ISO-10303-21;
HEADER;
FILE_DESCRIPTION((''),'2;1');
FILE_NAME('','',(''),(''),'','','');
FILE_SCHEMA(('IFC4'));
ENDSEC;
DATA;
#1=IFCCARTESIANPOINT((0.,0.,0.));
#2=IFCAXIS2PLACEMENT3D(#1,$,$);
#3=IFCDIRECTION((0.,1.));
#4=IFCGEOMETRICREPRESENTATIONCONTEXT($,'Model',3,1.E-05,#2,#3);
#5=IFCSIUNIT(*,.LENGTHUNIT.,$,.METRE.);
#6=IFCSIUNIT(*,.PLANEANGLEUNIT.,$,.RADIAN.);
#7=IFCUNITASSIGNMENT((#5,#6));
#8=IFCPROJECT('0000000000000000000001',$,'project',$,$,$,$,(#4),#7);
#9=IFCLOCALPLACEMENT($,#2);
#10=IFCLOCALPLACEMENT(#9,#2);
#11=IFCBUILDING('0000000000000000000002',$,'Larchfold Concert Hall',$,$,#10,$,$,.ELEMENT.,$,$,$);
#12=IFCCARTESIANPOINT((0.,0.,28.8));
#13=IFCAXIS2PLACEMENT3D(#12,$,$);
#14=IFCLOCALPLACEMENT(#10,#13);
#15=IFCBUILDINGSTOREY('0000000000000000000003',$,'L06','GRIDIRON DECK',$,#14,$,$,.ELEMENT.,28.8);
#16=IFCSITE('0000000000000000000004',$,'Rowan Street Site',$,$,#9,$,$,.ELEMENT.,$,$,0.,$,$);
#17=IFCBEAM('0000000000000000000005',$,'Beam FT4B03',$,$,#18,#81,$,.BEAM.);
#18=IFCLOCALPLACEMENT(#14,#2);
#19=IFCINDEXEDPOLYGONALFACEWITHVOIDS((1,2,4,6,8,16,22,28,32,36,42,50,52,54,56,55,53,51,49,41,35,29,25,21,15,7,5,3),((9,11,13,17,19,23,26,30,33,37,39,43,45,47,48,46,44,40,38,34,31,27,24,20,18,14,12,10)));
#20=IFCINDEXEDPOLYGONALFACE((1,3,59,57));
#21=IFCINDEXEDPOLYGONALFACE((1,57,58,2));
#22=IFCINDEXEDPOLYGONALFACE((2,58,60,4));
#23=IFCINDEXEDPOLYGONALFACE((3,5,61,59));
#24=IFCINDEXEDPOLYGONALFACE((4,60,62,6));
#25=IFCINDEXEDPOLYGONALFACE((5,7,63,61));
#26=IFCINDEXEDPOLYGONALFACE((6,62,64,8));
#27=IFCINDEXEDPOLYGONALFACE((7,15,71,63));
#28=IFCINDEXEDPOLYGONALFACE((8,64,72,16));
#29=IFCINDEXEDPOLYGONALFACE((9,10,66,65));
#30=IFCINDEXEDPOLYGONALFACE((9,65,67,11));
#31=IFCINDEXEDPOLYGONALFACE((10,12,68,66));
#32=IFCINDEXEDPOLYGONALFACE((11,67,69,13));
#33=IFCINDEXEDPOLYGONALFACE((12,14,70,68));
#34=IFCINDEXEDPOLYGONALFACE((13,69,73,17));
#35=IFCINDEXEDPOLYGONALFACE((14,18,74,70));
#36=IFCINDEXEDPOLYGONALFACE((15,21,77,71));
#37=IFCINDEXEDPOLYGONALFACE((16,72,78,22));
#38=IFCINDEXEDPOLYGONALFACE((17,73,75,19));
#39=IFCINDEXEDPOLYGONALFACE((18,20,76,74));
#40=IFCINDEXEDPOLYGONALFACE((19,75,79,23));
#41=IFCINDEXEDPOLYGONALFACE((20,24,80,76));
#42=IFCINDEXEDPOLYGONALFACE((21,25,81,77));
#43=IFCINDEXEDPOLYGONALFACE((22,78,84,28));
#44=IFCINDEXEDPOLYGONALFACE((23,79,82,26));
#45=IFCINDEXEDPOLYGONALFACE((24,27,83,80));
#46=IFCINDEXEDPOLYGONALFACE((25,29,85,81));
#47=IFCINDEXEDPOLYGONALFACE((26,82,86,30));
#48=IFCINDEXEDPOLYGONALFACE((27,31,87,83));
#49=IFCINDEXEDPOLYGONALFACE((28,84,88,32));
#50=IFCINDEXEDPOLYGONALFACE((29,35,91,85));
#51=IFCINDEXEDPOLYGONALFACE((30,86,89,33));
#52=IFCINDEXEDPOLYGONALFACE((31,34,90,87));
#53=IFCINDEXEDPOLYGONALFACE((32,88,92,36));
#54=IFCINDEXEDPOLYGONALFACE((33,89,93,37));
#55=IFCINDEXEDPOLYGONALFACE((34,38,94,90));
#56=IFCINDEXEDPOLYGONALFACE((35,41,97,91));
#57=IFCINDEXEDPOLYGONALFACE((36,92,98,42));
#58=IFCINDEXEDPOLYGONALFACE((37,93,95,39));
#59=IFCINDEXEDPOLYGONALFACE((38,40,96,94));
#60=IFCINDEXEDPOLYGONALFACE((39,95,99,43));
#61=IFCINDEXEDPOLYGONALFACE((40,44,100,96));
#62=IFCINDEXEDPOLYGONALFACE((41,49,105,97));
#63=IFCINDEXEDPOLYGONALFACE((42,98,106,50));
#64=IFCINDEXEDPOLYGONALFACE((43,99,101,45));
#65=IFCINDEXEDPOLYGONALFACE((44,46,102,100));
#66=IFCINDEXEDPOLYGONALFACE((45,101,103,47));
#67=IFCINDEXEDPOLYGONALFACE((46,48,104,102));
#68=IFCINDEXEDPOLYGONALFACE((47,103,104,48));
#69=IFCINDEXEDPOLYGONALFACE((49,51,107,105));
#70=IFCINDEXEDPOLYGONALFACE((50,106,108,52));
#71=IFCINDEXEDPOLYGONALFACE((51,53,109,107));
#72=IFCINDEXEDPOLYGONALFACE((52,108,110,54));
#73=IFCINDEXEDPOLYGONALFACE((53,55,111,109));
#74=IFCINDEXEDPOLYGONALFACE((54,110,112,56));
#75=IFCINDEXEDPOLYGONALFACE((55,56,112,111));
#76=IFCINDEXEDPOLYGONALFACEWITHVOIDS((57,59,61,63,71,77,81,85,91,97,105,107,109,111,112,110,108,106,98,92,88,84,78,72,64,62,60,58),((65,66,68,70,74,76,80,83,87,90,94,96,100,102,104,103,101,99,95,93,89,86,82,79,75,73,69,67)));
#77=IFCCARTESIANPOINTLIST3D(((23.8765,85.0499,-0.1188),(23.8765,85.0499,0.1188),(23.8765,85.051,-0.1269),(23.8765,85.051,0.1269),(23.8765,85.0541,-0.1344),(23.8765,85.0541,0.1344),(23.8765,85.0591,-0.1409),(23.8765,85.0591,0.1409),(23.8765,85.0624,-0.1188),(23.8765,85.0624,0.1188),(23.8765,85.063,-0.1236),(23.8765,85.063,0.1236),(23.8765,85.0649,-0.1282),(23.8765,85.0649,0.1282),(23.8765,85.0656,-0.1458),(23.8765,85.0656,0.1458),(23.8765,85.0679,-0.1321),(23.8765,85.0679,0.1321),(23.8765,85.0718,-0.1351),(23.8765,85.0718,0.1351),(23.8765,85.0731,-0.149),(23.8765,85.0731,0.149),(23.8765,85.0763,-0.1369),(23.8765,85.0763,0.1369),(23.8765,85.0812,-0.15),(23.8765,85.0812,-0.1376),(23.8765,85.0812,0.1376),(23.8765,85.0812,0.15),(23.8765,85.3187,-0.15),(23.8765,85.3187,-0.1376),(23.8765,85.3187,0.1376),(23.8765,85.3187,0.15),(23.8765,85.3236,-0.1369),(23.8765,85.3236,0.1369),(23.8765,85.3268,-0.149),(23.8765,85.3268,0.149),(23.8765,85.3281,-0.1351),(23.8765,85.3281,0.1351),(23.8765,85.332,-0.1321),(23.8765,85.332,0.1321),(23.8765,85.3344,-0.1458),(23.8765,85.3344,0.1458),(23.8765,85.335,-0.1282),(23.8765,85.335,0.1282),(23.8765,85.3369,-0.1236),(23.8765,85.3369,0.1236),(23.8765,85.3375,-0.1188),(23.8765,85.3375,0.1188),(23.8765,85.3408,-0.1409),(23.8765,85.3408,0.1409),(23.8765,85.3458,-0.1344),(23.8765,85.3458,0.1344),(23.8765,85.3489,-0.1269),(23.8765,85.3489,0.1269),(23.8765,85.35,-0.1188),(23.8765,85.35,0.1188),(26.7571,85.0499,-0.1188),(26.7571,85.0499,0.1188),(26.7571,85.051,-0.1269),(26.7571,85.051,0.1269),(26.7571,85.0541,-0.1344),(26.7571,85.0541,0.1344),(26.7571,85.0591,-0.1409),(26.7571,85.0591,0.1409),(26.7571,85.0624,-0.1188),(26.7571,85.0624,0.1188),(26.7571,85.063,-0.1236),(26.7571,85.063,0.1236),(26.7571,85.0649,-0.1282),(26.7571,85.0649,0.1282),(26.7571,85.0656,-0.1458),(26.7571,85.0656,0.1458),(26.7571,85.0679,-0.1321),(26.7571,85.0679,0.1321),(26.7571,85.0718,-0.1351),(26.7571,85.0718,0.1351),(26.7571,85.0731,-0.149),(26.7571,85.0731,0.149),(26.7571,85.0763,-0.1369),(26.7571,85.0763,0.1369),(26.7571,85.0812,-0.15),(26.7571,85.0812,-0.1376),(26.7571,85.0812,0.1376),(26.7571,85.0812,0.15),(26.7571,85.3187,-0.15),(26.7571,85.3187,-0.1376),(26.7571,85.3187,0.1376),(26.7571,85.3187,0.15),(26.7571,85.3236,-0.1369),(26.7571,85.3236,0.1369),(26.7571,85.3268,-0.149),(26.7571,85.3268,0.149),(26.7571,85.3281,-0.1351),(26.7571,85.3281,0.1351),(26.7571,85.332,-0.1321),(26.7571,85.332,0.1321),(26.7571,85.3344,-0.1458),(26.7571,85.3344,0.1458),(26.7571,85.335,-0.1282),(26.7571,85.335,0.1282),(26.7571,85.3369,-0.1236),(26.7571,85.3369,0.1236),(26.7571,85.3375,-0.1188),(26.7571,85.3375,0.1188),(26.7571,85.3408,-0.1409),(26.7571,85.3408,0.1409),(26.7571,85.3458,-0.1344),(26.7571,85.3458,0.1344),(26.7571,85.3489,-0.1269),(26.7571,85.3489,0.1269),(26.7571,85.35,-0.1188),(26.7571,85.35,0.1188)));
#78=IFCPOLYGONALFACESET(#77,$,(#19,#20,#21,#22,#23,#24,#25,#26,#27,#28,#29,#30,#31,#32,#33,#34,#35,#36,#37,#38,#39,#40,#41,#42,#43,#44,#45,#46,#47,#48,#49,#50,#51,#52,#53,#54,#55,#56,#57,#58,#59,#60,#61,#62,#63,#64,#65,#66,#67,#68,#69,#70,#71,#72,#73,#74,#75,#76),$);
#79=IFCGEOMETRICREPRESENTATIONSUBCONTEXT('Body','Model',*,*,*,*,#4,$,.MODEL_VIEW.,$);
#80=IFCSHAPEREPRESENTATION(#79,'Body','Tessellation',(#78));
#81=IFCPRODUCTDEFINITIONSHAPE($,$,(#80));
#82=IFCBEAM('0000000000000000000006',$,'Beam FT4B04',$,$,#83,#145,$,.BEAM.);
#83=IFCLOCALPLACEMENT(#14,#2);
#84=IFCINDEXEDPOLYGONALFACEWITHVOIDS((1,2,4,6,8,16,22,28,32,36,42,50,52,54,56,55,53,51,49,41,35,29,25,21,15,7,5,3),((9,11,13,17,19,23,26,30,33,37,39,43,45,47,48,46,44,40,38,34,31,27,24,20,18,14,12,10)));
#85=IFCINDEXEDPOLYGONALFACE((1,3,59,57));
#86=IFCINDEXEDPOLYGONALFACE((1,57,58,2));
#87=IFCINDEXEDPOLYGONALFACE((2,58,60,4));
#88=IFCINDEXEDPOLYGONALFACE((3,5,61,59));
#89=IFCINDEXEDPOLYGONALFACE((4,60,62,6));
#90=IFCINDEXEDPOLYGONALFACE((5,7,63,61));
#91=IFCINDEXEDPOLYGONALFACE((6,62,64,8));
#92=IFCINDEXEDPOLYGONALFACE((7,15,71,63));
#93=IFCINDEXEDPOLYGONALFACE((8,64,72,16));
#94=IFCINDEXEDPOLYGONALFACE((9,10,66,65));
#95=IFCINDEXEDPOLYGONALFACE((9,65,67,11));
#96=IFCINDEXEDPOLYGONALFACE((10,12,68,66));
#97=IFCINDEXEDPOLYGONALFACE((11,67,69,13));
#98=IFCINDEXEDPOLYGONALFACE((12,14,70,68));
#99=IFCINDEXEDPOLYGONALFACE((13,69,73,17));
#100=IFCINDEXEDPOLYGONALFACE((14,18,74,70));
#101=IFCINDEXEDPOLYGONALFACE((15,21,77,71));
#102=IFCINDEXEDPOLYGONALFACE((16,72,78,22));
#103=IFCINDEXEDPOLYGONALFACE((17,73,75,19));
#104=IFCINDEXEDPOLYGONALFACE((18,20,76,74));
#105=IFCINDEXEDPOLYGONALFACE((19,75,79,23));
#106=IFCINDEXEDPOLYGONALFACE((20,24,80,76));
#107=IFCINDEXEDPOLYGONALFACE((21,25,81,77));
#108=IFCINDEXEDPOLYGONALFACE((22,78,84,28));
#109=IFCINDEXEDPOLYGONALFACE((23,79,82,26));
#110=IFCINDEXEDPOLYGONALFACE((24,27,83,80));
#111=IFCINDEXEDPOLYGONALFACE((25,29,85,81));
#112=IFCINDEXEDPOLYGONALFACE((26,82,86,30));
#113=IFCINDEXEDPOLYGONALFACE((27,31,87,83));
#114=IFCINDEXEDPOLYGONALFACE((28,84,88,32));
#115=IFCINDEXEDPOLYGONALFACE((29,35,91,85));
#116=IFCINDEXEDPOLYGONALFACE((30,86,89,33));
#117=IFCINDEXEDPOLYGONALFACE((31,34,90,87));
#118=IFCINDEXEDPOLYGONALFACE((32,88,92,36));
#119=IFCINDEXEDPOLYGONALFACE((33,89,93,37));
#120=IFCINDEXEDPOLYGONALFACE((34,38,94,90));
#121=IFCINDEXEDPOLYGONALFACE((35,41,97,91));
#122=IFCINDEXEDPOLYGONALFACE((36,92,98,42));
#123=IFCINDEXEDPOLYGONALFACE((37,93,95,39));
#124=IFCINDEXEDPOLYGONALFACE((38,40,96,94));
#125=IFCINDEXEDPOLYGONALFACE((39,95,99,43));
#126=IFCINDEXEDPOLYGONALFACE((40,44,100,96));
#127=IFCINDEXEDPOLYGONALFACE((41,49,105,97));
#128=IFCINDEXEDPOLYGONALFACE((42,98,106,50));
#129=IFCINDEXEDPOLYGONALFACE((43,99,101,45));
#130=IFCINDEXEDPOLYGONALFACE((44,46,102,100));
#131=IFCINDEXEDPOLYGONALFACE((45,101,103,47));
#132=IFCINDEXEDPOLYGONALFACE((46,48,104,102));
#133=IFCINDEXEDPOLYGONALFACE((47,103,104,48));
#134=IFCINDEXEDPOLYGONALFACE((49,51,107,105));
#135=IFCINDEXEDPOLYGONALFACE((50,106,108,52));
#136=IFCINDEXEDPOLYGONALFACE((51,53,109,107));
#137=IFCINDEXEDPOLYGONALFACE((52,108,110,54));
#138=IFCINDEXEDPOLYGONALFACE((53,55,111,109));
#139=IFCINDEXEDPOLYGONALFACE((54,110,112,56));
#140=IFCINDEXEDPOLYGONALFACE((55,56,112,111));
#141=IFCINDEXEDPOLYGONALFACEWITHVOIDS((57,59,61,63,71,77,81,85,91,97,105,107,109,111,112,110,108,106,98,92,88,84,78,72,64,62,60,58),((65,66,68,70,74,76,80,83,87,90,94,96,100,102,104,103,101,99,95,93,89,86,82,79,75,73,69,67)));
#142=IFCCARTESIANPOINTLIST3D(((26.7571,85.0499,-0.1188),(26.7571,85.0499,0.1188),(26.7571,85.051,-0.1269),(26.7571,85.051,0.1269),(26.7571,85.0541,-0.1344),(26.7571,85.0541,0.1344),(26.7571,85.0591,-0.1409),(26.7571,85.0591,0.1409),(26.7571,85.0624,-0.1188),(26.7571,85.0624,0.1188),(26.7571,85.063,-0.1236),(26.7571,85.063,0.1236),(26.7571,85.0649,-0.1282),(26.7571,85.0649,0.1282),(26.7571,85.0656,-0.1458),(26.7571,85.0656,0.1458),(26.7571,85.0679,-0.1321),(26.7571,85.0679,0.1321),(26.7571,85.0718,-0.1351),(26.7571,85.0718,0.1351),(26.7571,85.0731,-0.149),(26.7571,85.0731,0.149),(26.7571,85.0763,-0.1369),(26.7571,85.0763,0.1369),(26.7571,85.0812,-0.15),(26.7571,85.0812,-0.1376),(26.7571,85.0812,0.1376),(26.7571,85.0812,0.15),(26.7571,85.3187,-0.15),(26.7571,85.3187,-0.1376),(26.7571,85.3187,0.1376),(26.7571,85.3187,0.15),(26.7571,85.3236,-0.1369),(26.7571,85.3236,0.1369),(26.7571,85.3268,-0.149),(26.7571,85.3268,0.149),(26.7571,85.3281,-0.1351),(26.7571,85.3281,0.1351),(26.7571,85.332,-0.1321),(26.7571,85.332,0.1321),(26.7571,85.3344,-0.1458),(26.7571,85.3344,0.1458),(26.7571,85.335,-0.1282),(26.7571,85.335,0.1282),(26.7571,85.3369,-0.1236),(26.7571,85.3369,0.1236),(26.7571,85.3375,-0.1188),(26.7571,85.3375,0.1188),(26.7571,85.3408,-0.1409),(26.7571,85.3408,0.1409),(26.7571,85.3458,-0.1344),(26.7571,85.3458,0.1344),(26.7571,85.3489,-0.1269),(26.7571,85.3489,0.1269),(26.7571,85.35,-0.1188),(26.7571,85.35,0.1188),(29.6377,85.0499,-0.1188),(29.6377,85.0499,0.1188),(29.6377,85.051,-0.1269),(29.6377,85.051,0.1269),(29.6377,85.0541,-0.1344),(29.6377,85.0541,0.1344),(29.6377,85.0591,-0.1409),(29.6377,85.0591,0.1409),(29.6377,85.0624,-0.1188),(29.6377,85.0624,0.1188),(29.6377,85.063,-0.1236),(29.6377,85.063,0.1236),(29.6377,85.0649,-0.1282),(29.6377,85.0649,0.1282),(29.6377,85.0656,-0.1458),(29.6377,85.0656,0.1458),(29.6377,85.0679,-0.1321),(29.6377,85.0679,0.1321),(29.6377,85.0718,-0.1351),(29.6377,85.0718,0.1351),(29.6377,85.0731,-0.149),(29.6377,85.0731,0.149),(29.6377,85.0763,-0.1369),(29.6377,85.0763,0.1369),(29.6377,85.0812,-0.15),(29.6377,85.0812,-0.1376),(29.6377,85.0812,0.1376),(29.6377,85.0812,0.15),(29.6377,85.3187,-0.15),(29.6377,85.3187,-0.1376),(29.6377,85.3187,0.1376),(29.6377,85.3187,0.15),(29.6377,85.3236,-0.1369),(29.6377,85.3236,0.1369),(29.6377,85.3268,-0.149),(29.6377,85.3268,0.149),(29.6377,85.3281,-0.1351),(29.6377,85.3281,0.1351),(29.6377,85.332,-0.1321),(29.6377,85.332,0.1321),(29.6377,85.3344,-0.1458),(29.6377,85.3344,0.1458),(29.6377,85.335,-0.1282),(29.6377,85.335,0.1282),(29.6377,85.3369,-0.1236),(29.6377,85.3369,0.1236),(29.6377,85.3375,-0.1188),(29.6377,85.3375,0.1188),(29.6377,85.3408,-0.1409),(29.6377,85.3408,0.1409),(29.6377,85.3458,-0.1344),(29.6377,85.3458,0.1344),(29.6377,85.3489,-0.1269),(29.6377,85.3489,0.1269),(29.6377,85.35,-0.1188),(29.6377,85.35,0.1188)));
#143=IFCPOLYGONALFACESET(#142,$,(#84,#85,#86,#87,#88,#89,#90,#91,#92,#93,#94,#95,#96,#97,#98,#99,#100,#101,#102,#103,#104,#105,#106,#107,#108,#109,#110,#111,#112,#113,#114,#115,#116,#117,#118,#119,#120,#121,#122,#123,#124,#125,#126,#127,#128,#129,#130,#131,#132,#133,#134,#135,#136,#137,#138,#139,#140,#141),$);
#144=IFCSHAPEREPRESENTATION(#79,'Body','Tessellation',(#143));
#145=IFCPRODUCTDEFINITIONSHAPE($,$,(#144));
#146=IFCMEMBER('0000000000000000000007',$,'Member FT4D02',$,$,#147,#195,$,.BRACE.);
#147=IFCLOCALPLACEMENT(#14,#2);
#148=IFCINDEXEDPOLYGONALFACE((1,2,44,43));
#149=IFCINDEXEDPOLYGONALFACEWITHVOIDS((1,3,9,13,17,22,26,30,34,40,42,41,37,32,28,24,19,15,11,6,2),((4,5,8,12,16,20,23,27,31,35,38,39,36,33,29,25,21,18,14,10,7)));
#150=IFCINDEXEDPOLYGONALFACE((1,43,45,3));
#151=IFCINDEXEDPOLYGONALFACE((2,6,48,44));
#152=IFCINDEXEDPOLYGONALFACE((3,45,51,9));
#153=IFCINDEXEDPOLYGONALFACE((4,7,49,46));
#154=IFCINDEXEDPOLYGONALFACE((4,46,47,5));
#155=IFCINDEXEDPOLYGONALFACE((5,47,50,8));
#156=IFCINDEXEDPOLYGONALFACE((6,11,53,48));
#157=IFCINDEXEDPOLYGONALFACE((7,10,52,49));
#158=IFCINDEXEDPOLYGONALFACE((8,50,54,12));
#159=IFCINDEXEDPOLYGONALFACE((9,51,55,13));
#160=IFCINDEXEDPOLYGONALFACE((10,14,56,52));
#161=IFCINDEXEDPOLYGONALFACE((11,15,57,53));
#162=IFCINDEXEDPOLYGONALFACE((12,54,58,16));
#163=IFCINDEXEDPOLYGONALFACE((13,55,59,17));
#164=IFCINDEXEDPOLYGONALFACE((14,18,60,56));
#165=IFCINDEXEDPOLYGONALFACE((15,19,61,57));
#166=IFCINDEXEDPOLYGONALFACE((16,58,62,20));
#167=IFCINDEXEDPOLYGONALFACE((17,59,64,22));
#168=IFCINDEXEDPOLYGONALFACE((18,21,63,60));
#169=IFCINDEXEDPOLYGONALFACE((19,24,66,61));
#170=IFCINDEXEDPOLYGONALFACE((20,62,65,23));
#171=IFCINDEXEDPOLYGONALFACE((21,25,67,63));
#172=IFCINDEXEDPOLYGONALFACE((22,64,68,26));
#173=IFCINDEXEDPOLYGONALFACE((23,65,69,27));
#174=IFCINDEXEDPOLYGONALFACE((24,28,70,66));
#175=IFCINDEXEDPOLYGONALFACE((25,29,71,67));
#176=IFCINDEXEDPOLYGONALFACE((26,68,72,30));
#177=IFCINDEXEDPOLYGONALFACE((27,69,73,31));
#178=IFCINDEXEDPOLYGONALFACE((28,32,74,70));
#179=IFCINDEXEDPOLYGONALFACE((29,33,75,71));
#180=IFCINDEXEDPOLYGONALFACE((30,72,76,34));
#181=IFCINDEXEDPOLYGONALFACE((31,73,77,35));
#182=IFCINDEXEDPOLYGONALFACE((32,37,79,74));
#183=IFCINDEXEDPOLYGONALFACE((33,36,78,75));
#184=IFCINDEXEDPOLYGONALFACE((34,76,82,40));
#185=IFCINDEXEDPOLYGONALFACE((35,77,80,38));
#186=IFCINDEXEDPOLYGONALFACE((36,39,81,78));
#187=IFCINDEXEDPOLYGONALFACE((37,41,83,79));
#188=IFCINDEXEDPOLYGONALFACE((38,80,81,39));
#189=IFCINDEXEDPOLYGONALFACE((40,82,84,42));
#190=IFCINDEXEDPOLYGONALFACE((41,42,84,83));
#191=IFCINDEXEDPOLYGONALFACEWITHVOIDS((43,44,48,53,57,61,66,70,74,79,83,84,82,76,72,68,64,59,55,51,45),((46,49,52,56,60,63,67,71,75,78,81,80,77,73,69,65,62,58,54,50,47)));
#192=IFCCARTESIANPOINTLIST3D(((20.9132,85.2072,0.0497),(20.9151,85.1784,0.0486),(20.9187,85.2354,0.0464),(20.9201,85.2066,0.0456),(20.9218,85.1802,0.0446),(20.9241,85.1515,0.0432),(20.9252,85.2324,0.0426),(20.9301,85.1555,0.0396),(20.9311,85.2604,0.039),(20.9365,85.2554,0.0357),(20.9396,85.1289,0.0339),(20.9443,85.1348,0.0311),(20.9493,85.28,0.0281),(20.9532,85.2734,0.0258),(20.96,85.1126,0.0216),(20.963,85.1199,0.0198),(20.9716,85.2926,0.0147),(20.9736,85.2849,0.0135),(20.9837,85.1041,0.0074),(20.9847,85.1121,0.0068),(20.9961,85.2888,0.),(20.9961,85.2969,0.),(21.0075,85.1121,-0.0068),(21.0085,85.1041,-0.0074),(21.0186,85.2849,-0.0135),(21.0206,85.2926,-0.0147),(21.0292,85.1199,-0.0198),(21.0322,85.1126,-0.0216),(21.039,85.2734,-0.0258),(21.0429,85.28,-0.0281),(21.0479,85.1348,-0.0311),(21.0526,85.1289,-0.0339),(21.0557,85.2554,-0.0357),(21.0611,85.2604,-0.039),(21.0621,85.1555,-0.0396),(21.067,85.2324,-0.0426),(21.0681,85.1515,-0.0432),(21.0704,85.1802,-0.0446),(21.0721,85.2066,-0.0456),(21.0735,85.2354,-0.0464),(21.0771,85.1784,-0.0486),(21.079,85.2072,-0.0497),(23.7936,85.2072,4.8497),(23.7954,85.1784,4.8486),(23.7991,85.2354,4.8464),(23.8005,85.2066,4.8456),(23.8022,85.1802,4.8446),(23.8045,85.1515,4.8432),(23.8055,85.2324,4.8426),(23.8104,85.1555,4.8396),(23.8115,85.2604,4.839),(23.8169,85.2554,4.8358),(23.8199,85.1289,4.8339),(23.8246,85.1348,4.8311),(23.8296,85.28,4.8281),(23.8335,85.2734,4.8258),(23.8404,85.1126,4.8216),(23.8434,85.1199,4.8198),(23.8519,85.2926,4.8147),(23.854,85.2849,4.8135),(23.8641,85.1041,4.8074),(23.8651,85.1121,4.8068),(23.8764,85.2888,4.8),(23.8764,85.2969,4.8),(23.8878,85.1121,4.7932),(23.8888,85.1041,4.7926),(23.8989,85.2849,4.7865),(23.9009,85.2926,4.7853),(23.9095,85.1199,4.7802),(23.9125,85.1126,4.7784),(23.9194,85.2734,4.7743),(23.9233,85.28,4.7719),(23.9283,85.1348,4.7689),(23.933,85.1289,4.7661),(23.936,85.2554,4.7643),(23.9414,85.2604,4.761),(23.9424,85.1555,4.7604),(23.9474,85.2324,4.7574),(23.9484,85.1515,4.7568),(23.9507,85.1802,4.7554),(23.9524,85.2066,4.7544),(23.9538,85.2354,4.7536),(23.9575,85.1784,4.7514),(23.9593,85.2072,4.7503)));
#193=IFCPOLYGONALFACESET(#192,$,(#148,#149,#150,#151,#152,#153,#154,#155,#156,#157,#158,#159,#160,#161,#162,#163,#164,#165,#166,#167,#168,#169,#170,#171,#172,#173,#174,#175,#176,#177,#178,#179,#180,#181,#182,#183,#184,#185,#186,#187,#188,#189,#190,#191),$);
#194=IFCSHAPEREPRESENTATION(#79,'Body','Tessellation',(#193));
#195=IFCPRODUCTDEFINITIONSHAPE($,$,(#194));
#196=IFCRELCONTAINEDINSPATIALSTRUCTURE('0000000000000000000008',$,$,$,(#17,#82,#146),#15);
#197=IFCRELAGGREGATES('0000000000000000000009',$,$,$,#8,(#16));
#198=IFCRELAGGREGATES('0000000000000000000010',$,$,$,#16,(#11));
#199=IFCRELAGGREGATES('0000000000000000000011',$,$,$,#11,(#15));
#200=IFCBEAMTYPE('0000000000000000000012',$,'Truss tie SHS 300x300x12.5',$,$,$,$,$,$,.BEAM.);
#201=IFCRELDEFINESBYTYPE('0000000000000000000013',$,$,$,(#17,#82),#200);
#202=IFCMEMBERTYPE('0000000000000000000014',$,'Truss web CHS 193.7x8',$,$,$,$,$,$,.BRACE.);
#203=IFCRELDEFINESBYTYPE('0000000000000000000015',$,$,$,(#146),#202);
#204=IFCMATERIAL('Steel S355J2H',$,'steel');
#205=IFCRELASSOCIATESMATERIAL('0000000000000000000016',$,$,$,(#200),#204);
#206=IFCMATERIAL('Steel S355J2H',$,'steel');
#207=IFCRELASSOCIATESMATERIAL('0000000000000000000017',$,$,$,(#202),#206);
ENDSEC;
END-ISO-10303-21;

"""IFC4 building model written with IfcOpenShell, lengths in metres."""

from ifc_helpers import new_model, si_unit, direction, frame, origin, origin_2d, place, context, subcontext, project, spatial, hollow_rectangle, hollow_circle, extrude, material, material_profile, profile_set, type_object, element, save


model = new_model("IFC4")

# Units and contexts
model_context = context("Model", 3, precision=1e-05, world=origin(), true_north=direction((0.0, 1.0)))
body_context = subcontext(model_context, "Body", "Model", "MODEL_VIEW")
ifc_project = project(units=[si_unit("LENGTHUNIT", "METRE"), si_unit("PLANEANGLEUNIT", "RADIAN")], contexts=[model_context])

# Site, building, storey
site_placement = place(None, origin())
site = spatial("IfcSite", under=ifc_project, at=site_placement, Name="Rowan Street Site", CompositionType="ELEMENT", RefElevation=0.0)
building_placement = place(site_placement, origin())
building = spatial("IfcBuilding", under=site, at=building_placement, Name="Larchfold Concert Hall", CompositionType="ELEMENT")
storey_placement = place(building_placement, frame((0.0, 0.0, 28.8)))
storey = spatial("IfcBuildingStorey", under=building, at=storey_placement, Name="L06", Description="GRIDIRON DECK", CompositionType="ELEMENT", Elevation=28.8)

# Beams
ifc_material_1 = material(Name="Steel S355J2H", Category="steel")
ifc_material_profile_1 = material_profile(ifc_material_1, hollow_rectangle(XDim=0.3, YDim=0.3, WallThickness=0.0125, InnerFilletRadius=0.0188, OuterFilletRadius=0.0312, at=origin_2d()))
ifc_profile_set_1 = profile_set([ifc_material_profile_1], Name="Steel S355J2H")
beam_type_1 = type_object("IfcBeamType", Name="Truss tie SHS 300x300x12.5", PredefinedType="BEAM", material=ifc_profile_set_1)
for number, where, z_axis, x_axis, name in (
    (1, (23.8765, 85.2, 0.0), (1.0, 0.0, 0.0), (0.0, 1.0, 0.0), "Beam FT4B03"),
    (2, (26.7571, 85.2, 0.0), (1.0, 0.0, 0.0), (0.0, 1.0, 0.0), "Beam FT4B04"),
):
    element("IfcBeam", number, at=place(storey_placement, frame(where, z_axis=z_axis, x_axis=x_axis)), inside=storey, type_object=beam_type_1, Name=name, PredefinedType="BEAM", context=body_context, shape_type="SweptSolid", body=[
        extrude(hollow_rectangle(XDim=0.3, YDim=0.3, WallThickness=0.0125, InnerFilletRadius=0.0188, OuterFilletRadius=0.0312, at=origin_2d()), origin(), (0.0, 0.0, 1.0), 2.8806),
    ])

# Member
ifc_material_2 = material(Name="Steel S355J2H", Category="steel")
ifc_material_profile_2 = material_profile(ifc_material_2, hollow_circle(Radius=0.0969, WallThickness=0.0081, at=origin_2d()))
ifc_profile_set_2 = profile_set([ifc_material_profile_2], Name="Steel S355J2H")
member_type_1 = type_object("IfcMemberType", Name="Truss web CHS 193.7x8", PredefinedType="BRACE", material=ifc_profile_set_2)
member_placement = place(storey_placement, frame((20.9961, 85.2, 0.0), z_axis=(0.514541, 0.0, 0.857466), x_axis=(0.0, 1.0, 0.0)))
element("IfcMember", 3, at=member_placement, inside=storey, type_object=member_type_1, Name="Member FT4D02", PredefinedType="BRACE", context=body_context, shape_type="SweptSolid", body=[
    extrude(hollow_circle(Radius=0.0969, WallThickness=0.0081, at=origin_2d()), origin(), (0.0, 0.0, 1.0), 5.5979),
])

save(model, "model.ifc")
